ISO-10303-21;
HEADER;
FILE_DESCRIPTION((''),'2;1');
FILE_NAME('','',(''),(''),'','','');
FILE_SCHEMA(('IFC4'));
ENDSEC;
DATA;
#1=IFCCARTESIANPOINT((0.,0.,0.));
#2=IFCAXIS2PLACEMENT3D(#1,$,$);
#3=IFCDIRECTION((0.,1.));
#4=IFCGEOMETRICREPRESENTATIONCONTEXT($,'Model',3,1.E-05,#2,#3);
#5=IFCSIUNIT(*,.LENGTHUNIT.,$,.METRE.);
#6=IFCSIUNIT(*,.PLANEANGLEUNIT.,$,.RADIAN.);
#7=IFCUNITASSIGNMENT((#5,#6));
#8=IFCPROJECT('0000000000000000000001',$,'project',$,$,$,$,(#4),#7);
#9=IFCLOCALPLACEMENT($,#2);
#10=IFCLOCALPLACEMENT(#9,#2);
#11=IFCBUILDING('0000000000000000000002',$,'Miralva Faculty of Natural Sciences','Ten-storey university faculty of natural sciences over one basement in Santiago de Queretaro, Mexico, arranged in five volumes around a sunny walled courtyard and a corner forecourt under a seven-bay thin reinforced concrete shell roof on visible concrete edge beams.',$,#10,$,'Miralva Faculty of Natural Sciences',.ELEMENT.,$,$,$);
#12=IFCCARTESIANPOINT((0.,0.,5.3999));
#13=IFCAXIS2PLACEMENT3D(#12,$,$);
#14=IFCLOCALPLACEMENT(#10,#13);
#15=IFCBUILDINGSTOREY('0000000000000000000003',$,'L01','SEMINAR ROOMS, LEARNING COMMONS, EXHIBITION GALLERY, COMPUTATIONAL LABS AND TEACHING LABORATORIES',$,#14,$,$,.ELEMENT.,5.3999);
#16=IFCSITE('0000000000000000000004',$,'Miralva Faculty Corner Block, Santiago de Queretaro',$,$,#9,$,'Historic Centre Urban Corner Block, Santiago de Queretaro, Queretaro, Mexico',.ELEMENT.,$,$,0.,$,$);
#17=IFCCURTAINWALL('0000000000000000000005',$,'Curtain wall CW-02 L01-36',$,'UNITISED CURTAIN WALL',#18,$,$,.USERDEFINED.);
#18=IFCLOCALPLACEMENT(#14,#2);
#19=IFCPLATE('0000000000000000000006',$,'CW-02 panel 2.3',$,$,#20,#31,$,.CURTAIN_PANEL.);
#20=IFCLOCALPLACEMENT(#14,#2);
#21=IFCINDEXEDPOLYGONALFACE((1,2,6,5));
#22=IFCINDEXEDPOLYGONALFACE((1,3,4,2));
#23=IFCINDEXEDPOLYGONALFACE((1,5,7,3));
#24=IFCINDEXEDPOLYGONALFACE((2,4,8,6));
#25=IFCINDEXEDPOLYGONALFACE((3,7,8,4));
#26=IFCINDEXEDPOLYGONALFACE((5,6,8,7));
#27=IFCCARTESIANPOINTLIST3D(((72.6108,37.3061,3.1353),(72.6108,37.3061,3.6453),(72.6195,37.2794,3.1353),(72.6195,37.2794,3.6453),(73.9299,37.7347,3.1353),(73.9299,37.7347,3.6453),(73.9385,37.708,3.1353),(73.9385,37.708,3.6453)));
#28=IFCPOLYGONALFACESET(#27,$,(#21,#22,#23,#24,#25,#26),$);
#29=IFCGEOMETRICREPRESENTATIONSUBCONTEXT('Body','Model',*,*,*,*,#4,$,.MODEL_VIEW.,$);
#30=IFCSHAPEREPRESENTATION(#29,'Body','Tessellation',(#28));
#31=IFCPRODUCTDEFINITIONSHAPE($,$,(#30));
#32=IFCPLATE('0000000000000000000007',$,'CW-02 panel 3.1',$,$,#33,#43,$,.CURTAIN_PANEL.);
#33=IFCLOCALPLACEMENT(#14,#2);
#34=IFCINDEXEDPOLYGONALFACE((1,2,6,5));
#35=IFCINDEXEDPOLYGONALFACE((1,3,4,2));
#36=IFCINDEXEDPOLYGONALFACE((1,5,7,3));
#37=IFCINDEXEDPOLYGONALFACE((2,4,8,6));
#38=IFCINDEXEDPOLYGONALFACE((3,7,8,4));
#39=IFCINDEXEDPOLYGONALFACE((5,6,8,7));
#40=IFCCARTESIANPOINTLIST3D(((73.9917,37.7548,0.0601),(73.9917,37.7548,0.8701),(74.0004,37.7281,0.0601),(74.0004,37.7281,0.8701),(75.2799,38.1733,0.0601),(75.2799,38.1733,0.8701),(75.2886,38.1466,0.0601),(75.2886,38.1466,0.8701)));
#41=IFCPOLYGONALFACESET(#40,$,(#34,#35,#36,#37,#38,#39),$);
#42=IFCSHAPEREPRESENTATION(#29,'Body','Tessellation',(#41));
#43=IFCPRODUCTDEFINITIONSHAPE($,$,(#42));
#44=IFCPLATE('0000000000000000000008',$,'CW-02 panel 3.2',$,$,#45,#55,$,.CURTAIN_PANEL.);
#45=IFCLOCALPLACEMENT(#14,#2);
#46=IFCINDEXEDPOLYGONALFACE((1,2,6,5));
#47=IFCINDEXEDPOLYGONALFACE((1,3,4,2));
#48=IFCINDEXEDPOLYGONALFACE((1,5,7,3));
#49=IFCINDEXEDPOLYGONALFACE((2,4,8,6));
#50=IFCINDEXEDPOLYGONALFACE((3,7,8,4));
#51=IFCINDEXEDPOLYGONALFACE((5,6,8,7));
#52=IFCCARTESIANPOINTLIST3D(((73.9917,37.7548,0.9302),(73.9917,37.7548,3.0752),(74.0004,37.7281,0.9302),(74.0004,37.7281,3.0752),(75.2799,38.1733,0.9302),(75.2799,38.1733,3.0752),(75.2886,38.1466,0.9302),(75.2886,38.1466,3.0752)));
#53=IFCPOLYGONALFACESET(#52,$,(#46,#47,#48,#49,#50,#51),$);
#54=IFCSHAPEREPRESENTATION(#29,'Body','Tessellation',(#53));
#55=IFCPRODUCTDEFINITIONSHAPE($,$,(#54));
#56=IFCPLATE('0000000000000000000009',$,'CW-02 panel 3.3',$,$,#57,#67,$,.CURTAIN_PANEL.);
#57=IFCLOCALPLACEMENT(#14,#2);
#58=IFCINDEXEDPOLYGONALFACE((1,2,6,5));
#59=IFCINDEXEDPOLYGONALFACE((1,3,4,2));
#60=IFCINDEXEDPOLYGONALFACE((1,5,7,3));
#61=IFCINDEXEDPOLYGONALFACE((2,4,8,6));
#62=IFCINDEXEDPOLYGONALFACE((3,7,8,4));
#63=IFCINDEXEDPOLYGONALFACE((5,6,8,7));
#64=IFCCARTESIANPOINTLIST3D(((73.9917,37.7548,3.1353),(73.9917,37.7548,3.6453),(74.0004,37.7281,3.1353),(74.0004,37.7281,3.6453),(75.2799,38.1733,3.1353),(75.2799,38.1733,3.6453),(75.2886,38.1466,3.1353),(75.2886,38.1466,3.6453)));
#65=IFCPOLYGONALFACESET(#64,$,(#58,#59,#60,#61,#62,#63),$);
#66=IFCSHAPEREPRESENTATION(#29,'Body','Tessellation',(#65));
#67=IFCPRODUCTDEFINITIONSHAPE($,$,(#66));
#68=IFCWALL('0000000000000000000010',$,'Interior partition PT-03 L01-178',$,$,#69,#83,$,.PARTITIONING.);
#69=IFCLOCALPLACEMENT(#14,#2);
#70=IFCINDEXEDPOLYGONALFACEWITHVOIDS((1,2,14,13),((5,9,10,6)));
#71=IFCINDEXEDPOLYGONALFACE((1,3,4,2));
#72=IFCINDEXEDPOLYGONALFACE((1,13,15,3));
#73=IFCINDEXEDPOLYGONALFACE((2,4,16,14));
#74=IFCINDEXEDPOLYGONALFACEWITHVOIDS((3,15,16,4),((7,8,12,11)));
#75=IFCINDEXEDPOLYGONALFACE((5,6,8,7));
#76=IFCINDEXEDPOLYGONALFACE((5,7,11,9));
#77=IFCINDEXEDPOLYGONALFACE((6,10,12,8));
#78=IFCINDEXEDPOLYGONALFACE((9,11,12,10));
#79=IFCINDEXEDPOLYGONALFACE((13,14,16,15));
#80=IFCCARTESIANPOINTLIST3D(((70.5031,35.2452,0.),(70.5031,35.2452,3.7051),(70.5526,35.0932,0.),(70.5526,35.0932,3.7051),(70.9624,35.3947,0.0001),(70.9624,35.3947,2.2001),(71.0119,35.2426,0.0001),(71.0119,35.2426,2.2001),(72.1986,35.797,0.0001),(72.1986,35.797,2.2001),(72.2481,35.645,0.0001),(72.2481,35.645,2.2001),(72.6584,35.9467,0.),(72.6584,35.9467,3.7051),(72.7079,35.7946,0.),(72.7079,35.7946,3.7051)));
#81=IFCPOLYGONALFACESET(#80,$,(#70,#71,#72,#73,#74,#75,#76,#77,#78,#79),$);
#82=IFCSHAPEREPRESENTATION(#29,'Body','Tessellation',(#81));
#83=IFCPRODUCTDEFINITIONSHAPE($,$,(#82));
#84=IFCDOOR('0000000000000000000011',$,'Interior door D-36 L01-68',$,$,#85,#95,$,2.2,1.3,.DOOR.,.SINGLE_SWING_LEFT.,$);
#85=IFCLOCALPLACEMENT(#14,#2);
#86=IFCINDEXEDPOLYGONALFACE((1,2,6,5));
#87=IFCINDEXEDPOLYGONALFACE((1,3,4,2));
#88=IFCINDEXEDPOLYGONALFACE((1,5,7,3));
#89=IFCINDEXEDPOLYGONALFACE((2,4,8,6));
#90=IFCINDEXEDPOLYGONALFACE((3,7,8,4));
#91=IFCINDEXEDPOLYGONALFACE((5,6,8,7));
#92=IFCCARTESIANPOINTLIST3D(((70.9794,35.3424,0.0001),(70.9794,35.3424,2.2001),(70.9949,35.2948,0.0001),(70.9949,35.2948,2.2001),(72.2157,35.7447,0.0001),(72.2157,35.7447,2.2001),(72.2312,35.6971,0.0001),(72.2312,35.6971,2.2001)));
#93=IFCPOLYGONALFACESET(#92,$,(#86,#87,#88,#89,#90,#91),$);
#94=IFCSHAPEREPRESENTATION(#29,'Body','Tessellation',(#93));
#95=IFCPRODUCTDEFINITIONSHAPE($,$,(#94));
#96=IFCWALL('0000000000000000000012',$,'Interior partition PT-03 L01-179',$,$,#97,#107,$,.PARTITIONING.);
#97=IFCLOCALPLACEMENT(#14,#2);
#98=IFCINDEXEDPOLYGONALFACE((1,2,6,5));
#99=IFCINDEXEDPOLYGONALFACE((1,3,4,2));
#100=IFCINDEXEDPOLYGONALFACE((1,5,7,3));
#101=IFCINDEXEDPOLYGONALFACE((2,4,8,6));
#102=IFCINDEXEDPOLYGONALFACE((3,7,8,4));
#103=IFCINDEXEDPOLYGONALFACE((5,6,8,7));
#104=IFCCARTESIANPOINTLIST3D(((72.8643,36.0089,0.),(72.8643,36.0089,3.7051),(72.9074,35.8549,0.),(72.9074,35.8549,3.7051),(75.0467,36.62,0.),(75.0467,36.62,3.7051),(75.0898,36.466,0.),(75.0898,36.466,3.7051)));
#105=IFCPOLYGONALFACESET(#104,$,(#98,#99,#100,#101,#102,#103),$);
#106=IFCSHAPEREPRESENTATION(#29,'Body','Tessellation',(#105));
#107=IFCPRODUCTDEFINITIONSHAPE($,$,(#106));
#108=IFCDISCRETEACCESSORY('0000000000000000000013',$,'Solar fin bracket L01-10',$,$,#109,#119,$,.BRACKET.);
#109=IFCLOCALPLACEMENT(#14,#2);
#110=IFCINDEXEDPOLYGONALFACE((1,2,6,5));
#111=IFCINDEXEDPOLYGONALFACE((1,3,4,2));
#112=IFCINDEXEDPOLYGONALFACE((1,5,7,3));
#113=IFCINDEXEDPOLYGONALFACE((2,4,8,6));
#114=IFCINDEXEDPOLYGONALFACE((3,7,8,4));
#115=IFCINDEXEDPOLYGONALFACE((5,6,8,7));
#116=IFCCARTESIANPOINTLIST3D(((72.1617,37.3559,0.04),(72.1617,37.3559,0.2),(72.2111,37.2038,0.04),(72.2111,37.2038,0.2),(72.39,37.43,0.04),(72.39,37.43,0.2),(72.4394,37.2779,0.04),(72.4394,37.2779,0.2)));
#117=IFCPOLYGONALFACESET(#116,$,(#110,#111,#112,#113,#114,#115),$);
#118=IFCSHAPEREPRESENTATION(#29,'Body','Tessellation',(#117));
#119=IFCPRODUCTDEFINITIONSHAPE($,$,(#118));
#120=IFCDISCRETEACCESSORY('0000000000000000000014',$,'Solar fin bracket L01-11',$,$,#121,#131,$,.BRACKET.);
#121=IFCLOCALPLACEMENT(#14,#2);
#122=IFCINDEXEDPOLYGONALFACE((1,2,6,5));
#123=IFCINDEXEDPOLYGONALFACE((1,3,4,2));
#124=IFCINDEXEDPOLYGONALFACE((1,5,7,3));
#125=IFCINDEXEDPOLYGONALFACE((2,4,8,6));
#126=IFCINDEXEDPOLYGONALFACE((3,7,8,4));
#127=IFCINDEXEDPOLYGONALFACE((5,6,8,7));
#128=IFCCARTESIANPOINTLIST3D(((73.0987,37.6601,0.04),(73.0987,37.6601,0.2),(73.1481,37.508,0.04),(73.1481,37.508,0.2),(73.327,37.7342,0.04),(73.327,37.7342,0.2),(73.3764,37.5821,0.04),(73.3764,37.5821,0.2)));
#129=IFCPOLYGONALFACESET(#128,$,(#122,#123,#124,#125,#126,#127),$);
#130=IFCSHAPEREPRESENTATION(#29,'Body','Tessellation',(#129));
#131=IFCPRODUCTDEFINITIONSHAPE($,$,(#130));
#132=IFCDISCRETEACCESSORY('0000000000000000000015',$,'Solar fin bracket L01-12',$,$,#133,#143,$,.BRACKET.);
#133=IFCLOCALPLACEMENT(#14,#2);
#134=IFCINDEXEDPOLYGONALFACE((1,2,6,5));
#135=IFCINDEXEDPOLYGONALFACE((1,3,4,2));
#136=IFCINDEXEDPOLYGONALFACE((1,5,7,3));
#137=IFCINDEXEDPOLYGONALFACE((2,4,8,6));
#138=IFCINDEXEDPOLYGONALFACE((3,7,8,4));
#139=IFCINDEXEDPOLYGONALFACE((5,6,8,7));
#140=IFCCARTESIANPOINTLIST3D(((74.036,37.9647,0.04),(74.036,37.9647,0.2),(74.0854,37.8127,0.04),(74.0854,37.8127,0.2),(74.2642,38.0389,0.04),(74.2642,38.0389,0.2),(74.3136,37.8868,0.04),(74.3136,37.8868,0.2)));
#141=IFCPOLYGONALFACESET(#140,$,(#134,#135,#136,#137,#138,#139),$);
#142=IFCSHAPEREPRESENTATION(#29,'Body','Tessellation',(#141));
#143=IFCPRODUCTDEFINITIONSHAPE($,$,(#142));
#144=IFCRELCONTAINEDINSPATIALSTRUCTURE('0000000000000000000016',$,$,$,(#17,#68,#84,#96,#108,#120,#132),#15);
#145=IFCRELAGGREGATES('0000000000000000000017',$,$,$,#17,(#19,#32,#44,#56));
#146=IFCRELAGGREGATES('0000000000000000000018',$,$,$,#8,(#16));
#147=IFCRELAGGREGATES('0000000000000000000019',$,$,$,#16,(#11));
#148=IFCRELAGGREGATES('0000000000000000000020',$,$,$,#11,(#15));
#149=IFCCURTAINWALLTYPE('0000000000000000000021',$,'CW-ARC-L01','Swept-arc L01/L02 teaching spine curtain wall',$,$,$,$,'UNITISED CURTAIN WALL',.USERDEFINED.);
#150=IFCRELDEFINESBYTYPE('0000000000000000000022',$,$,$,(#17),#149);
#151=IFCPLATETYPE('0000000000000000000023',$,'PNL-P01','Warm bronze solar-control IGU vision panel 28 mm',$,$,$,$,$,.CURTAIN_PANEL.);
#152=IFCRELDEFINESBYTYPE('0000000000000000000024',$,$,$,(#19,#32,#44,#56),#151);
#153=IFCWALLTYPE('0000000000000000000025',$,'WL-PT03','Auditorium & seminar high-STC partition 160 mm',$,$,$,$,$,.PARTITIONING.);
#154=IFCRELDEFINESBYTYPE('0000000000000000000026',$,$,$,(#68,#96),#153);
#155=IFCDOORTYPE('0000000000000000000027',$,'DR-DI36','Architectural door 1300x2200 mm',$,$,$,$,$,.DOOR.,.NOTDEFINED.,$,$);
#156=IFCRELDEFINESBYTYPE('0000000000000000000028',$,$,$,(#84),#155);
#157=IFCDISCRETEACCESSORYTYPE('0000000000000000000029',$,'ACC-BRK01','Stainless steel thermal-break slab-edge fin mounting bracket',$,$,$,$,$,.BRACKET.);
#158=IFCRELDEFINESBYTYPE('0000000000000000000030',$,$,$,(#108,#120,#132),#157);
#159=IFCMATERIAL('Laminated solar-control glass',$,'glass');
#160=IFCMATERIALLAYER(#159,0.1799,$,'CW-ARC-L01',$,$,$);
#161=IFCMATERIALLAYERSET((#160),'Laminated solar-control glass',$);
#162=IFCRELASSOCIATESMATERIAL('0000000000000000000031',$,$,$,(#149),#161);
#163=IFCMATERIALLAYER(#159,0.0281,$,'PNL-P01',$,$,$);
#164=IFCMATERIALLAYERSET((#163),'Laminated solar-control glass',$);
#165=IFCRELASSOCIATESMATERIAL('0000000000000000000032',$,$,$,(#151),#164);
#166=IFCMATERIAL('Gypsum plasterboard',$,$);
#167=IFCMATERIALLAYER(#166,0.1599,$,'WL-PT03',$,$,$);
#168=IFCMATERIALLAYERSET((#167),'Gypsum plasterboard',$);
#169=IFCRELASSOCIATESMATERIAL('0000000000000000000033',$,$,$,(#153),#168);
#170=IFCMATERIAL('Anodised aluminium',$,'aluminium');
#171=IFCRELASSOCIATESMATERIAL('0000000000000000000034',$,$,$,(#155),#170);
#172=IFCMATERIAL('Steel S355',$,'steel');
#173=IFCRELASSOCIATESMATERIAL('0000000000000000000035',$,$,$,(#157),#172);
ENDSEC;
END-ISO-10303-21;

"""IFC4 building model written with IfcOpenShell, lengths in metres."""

from ifc_helpers import new_model, si_unit, direction, frame, frame_2d, origin, origin_2d, place, context, subcontext, project, spatial, rectangle, extrude, material, layer, layer_set, type_object, element, fill, aggregate, save


model = new_model("IFC4")

# Units and contexts
model_context = context("Model", 3, precision=1e-05, world=origin(), true_north=direction((0.0, 1.0)))
body_context = subcontext(model_context, "Body", "Model", "MODEL_VIEW")
ifc_project = project(units=[si_unit("LENGTHUNIT", "METRE"), si_unit("PLANEANGLEUNIT", "RADIAN")], contexts=[model_context])

# Site, building, storey
site_placement = place(None, origin())
site = spatial("IfcSite", under=ifc_project, at=site_placement, Name="Miralva Faculty Corner Block, Santiago de Queretaro", LongName="Historic Centre Urban Corner Block, Santiago de Queretaro, Queretaro, Mexico", CompositionType="ELEMENT", RefElevation=0.0)
building_placement = place(site_placement, origin())
building = spatial("IfcBuilding", under=site, at=building_placement, Name="Miralva Faculty of Natural Sciences", Description="Ten-storey university faculty of natural sciences over one basement in Santiago de Queretaro, Mexico, arranged in five volumes around a sunny walled courtyard and a corner forecourt under a seven-bay thin reinforced concrete shell roof on visible concrete edge beams.", LongName="Miralva Faculty of Natural Sciences", CompositionType="ELEMENT")
storey_placement = place(building_placement, frame((0.0, 0.0, 5.3999)))
storey = spatial("IfcBuildingStorey", under=building, at=storey_placement, Name="L01", Description="SEMINAR ROOMS, LEARNING COMMONS, EXHIBITION GALLERY, COMPUTATIONAL LABS AND TEACHING LABORATORIES", CompositionType="ELEMENT", Elevation=5.3999)

# Shared definitions
ifc_material_1 = material(Name="Laminated solar-control glass", Category="glass")
ifc_layer_1 = layer(ifc_material_1, 0.1799, Name="CW-ARC-L01")
ifc_layer_set_1 = layer_set([ifc_layer_1], Name="Laminated solar-control glass")
curtain_wall_type = type_object("IfcCurtainWallType", Name="CW-ARC-L01", Description="Swept-arc L01/L02 teaching spine curtain wall", ElementType="UNITISED CURTAIN WALL", PredefinedType="USERDEFINED", material=ifc_layer_set_1)
ifc_material_2 = material(Name="Anodised aluminium", Category="aluminium")

# Curtain wall
curtain_wall_1_placement = place(storey_placement, origin())
curtain_wall_1 = element("IfcCurtainWall", 1, at=curtain_wall_1_placement, inside=storey, type_object=curtain_wall_type, Name="Curtain wall CW-02 L01-36", ObjectType="UNITISED CURTAIN WALL", PredefinedType="USERDEFINED")

# Plates
ifc_layer_2 = layer(ifc_material_1, 0.0281, Name="PNL-P01")
ifc_layer_set_2 = layer_set([ifc_layer_2], Name="Laminated solar-control glass")
plate_type = type_object("IfcPlateType", Name="PNL-P01", Description="Warm bronze solar-control IGU vision panel 28 mm", PredefinedType="CURTAIN_PANEL", material=ifc_layer_set_2)
plate_1_placement = place(storey_placement, frame((73.2747, 37.5071, 3.1353), z_axis=(0.0, 0.0, 1.0), x_axis=(0.951062, 0.309001, 0.0)))
plate_1 = element("IfcPlate", 2, at=plate_1_placement, type_object=plate_type, Name="CW-02 panel 2.3", PredefinedType="CURTAIN_PANEL", context=body_context, shape_type="SweptSolid", body=[
    extrude(rectangle(XDim=1.387, YDim=0.0281, at=origin_2d()), origin(), (0.0, 0.0, 1.0), 0.51),
])
plate_2_placement = place(storey_placement, frame((74.6401, 37.9507, 0.0601), z_axis=(0.0, 0.0, 1.0), x_axis=(0.951062, 0.309001, 0.0)))
plate_2 = element("IfcPlate", 3, at=plate_2_placement, type_object=plate_type, Name="CW-02 panel 3.1", PredefinedType="CURTAIN_PANEL", context=body_context, shape_type="SweptSolid", body=[
    extrude(rectangle(XDim=1.3545, YDim=0.0281, at=origin_2d()), origin(), (0.0, 0.0, 1.0), 0.8101),
])
plate_3_placement = place(storey_placement, frame((74.6401, 37.9507, 0.9302), z_axis=(0.0, 0.0, 1.0), x_axis=(0.951062, 0.309001, 0.0)))
plate_3 = element("IfcPlate", 4, at=plate_3_placement, type_object=plate_type, Name="CW-02 panel 3.2", PredefinedType="CURTAIN_PANEL", context=body_context, shape_type="SweptSolid", body=[
    extrude(rectangle(XDim=1.3545, YDim=0.0281, at=origin_2d()), origin(), (0.0, 0.0, 1.0), 2.145),
])
plate_4_placement = place(storey_placement, frame((74.6401, 37.9507, 3.1353), z_axis=(0.0, 0.0, 1.0), x_axis=(0.951062, 0.309001, 0.0)))
plate_4 = element("IfcPlate", 5, at=plate_4_placement, type_object=plate_type, Name="CW-02 panel 3.3", PredefinedType="CURTAIN_PANEL", context=body_context, shape_type="SweptSolid", body=[
    extrude(rectangle(XDim=1.3545, YDim=0.0281, at=origin_2d()), origin(), (0.0, 0.0, 1.0), 0.51),
])
aggregate(curtain_wall_1, [plate_1, plate_2, plate_3, plate_4])

# Wall, opening, door
ifc_material_3 = material(Name="Gypsum plasterboard")
ifc_layer_3 = layer(ifc_material_3, 0.1599, Name="WL-PT03")
ifc_layer_set_3 = layer_set([ifc_layer_3], Name="Gypsum plasterboard")
wall_type = type_object("IfcWallType", Name="WL-PT03", Description="Auditorium & seminar high-STC partition 160 mm", PredefinedType="PARTITIONING", material=ifc_layer_set_3)
wall_1_placement = place(storey_placement, frame((70.5278, 35.1692, 0.0), z_axis=(0.0, 0.0, 1.0), x_axis=(0.950911, 0.309466, 0.0)))
wall_1 = element("IfcWall", 6, at=wall_1_placement, inside=storey, type_object=wall_type, Name="Interior partition PT-03 L01-178", PredefinedType="PARTITIONING", context=body_context, shape_type="SweptSolid", body=[
    extrude(rectangle(XDim=2.2666, YDim=0.1599, at=frame_2d((1.1333, 0.0))), origin(), (0.0, 0.0, 1.0), 3.7051),
])
opening_placement = place(wall_1_placement, frame((0.4832, 0.0, 0.0)))
opening = element("IfcOpeningElement", 7, at=opening_placement, cuts=wall_1, PredefinedType="OPENING", context=body_context, shape_type="SweptSolid", body=[
    extrude(rectangle(XDim=1.3, YDim=2.2, at=frame_2d((0.6499, 1.1001))), frame((0.0, 0.0898, 0.0), z_axis=(0.0, -1.0, 0.0), x_axis=(1.0, 0.0, 0.0)), (0.0, 0.0, 1.0), 0.1799),
])
door_type = type_object("IfcDoorType", Name="DR-DI36", Description="Architectural door 1300x2200 mm", OperationType="NOTDEFINED", PredefinedType="DOOR", material=ifc_material_2)
door_placement = place(opening_placement, origin())
door = element("IfcDoor", 8, at=door_placement, inside=storey, type_object=door_type, Name="Interior door D-36 L01-68", OperationType="SINGLE_SWING_LEFT", OverallHeight=2.2, OverallWidth=1.3, PredefinedType="DOOR", context=body_context, shape_type="SweptSolid", body=[
    extrude(rectangle(XDim=1.3, YDim=2.2, at=frame_2d((0.6499, 1.1001))), frame((0.0, 0.0249, 0.0), z_axis=(0.0, -1.0, 0.0), x_axis=(1.0, 0.0, 0.0)), (0.0, 0.0, 1.0), 0.05),
])
fill(opening, door)

# Wall
wall_2_placement = place(storey_placement, frame((72.8857, 35.9319, 0.0), z_axis=(0.0, 0.0, 1.0), x_axis=(0.962962, 0.269638, 0.0)))
element("IfcWall", 9, at=wall_2_placement, inside=storey, type_object=wall_type, Name="Interior partition PT-03 L01-179", PredefinedType="PARTITIONING", context=body_context, shape_type="SweptSolid", body=[
    extrude(rectangle(XDim=2.2664, YDim=0.1599, at=frame_2d((1.1333, 0.0))), origin(), (0.0, 0.0, 1.0), 3.7051),
])

# Discrete accessories
ifc_material_4 = material(Name="Steel S355", Category="steel")
discrete_accessory_type = type_object("IfcDiscreteAccessoryType", Name="ACC-BRK01", Description="Stainless steel thermal-break slab-edge fin mounting bracket", PredefinedType="BRACKET", material=ifc_material_4)
for number, where, z_axis, x_axis, name in (
    (10, (72.3005, 37.3169, 0.04), (0.0, 0.0, 1.0), (-0.309017, 0.951057, 0.0), "Solar fin bracket L01-10"),
    (11, (73.2375, 37.6211, 0.04), (0.0, 0.0, 1.0), (-0.309017, 0.951057, 0.0), "Solar fin bracket L01-11"),
    (12, (74.1748, 37.9258, 0.04), (0.0, 0.0, 1.0), (-0.309017, 0.951057, 0.0), "Solar fin bracket L01-12"),
):
    element("IfcDiscreteAccessory", number, at=place(storey_placement, frame(where, z_axis=z_axis, x_axis=x_axis)), inside=storey, type_object=discrete_accessory_type, Name=name, PredefinedType="BRACKET", context=body_context, shape_type="SweptSolid", body=[
        extrude(rectangle(XDim=0.1599, YDim=0.24, at=origin_2d()), origin(), (0.0, 0.0, 1.0), 0.1599),
    ])

save(model, "model.ifc")
